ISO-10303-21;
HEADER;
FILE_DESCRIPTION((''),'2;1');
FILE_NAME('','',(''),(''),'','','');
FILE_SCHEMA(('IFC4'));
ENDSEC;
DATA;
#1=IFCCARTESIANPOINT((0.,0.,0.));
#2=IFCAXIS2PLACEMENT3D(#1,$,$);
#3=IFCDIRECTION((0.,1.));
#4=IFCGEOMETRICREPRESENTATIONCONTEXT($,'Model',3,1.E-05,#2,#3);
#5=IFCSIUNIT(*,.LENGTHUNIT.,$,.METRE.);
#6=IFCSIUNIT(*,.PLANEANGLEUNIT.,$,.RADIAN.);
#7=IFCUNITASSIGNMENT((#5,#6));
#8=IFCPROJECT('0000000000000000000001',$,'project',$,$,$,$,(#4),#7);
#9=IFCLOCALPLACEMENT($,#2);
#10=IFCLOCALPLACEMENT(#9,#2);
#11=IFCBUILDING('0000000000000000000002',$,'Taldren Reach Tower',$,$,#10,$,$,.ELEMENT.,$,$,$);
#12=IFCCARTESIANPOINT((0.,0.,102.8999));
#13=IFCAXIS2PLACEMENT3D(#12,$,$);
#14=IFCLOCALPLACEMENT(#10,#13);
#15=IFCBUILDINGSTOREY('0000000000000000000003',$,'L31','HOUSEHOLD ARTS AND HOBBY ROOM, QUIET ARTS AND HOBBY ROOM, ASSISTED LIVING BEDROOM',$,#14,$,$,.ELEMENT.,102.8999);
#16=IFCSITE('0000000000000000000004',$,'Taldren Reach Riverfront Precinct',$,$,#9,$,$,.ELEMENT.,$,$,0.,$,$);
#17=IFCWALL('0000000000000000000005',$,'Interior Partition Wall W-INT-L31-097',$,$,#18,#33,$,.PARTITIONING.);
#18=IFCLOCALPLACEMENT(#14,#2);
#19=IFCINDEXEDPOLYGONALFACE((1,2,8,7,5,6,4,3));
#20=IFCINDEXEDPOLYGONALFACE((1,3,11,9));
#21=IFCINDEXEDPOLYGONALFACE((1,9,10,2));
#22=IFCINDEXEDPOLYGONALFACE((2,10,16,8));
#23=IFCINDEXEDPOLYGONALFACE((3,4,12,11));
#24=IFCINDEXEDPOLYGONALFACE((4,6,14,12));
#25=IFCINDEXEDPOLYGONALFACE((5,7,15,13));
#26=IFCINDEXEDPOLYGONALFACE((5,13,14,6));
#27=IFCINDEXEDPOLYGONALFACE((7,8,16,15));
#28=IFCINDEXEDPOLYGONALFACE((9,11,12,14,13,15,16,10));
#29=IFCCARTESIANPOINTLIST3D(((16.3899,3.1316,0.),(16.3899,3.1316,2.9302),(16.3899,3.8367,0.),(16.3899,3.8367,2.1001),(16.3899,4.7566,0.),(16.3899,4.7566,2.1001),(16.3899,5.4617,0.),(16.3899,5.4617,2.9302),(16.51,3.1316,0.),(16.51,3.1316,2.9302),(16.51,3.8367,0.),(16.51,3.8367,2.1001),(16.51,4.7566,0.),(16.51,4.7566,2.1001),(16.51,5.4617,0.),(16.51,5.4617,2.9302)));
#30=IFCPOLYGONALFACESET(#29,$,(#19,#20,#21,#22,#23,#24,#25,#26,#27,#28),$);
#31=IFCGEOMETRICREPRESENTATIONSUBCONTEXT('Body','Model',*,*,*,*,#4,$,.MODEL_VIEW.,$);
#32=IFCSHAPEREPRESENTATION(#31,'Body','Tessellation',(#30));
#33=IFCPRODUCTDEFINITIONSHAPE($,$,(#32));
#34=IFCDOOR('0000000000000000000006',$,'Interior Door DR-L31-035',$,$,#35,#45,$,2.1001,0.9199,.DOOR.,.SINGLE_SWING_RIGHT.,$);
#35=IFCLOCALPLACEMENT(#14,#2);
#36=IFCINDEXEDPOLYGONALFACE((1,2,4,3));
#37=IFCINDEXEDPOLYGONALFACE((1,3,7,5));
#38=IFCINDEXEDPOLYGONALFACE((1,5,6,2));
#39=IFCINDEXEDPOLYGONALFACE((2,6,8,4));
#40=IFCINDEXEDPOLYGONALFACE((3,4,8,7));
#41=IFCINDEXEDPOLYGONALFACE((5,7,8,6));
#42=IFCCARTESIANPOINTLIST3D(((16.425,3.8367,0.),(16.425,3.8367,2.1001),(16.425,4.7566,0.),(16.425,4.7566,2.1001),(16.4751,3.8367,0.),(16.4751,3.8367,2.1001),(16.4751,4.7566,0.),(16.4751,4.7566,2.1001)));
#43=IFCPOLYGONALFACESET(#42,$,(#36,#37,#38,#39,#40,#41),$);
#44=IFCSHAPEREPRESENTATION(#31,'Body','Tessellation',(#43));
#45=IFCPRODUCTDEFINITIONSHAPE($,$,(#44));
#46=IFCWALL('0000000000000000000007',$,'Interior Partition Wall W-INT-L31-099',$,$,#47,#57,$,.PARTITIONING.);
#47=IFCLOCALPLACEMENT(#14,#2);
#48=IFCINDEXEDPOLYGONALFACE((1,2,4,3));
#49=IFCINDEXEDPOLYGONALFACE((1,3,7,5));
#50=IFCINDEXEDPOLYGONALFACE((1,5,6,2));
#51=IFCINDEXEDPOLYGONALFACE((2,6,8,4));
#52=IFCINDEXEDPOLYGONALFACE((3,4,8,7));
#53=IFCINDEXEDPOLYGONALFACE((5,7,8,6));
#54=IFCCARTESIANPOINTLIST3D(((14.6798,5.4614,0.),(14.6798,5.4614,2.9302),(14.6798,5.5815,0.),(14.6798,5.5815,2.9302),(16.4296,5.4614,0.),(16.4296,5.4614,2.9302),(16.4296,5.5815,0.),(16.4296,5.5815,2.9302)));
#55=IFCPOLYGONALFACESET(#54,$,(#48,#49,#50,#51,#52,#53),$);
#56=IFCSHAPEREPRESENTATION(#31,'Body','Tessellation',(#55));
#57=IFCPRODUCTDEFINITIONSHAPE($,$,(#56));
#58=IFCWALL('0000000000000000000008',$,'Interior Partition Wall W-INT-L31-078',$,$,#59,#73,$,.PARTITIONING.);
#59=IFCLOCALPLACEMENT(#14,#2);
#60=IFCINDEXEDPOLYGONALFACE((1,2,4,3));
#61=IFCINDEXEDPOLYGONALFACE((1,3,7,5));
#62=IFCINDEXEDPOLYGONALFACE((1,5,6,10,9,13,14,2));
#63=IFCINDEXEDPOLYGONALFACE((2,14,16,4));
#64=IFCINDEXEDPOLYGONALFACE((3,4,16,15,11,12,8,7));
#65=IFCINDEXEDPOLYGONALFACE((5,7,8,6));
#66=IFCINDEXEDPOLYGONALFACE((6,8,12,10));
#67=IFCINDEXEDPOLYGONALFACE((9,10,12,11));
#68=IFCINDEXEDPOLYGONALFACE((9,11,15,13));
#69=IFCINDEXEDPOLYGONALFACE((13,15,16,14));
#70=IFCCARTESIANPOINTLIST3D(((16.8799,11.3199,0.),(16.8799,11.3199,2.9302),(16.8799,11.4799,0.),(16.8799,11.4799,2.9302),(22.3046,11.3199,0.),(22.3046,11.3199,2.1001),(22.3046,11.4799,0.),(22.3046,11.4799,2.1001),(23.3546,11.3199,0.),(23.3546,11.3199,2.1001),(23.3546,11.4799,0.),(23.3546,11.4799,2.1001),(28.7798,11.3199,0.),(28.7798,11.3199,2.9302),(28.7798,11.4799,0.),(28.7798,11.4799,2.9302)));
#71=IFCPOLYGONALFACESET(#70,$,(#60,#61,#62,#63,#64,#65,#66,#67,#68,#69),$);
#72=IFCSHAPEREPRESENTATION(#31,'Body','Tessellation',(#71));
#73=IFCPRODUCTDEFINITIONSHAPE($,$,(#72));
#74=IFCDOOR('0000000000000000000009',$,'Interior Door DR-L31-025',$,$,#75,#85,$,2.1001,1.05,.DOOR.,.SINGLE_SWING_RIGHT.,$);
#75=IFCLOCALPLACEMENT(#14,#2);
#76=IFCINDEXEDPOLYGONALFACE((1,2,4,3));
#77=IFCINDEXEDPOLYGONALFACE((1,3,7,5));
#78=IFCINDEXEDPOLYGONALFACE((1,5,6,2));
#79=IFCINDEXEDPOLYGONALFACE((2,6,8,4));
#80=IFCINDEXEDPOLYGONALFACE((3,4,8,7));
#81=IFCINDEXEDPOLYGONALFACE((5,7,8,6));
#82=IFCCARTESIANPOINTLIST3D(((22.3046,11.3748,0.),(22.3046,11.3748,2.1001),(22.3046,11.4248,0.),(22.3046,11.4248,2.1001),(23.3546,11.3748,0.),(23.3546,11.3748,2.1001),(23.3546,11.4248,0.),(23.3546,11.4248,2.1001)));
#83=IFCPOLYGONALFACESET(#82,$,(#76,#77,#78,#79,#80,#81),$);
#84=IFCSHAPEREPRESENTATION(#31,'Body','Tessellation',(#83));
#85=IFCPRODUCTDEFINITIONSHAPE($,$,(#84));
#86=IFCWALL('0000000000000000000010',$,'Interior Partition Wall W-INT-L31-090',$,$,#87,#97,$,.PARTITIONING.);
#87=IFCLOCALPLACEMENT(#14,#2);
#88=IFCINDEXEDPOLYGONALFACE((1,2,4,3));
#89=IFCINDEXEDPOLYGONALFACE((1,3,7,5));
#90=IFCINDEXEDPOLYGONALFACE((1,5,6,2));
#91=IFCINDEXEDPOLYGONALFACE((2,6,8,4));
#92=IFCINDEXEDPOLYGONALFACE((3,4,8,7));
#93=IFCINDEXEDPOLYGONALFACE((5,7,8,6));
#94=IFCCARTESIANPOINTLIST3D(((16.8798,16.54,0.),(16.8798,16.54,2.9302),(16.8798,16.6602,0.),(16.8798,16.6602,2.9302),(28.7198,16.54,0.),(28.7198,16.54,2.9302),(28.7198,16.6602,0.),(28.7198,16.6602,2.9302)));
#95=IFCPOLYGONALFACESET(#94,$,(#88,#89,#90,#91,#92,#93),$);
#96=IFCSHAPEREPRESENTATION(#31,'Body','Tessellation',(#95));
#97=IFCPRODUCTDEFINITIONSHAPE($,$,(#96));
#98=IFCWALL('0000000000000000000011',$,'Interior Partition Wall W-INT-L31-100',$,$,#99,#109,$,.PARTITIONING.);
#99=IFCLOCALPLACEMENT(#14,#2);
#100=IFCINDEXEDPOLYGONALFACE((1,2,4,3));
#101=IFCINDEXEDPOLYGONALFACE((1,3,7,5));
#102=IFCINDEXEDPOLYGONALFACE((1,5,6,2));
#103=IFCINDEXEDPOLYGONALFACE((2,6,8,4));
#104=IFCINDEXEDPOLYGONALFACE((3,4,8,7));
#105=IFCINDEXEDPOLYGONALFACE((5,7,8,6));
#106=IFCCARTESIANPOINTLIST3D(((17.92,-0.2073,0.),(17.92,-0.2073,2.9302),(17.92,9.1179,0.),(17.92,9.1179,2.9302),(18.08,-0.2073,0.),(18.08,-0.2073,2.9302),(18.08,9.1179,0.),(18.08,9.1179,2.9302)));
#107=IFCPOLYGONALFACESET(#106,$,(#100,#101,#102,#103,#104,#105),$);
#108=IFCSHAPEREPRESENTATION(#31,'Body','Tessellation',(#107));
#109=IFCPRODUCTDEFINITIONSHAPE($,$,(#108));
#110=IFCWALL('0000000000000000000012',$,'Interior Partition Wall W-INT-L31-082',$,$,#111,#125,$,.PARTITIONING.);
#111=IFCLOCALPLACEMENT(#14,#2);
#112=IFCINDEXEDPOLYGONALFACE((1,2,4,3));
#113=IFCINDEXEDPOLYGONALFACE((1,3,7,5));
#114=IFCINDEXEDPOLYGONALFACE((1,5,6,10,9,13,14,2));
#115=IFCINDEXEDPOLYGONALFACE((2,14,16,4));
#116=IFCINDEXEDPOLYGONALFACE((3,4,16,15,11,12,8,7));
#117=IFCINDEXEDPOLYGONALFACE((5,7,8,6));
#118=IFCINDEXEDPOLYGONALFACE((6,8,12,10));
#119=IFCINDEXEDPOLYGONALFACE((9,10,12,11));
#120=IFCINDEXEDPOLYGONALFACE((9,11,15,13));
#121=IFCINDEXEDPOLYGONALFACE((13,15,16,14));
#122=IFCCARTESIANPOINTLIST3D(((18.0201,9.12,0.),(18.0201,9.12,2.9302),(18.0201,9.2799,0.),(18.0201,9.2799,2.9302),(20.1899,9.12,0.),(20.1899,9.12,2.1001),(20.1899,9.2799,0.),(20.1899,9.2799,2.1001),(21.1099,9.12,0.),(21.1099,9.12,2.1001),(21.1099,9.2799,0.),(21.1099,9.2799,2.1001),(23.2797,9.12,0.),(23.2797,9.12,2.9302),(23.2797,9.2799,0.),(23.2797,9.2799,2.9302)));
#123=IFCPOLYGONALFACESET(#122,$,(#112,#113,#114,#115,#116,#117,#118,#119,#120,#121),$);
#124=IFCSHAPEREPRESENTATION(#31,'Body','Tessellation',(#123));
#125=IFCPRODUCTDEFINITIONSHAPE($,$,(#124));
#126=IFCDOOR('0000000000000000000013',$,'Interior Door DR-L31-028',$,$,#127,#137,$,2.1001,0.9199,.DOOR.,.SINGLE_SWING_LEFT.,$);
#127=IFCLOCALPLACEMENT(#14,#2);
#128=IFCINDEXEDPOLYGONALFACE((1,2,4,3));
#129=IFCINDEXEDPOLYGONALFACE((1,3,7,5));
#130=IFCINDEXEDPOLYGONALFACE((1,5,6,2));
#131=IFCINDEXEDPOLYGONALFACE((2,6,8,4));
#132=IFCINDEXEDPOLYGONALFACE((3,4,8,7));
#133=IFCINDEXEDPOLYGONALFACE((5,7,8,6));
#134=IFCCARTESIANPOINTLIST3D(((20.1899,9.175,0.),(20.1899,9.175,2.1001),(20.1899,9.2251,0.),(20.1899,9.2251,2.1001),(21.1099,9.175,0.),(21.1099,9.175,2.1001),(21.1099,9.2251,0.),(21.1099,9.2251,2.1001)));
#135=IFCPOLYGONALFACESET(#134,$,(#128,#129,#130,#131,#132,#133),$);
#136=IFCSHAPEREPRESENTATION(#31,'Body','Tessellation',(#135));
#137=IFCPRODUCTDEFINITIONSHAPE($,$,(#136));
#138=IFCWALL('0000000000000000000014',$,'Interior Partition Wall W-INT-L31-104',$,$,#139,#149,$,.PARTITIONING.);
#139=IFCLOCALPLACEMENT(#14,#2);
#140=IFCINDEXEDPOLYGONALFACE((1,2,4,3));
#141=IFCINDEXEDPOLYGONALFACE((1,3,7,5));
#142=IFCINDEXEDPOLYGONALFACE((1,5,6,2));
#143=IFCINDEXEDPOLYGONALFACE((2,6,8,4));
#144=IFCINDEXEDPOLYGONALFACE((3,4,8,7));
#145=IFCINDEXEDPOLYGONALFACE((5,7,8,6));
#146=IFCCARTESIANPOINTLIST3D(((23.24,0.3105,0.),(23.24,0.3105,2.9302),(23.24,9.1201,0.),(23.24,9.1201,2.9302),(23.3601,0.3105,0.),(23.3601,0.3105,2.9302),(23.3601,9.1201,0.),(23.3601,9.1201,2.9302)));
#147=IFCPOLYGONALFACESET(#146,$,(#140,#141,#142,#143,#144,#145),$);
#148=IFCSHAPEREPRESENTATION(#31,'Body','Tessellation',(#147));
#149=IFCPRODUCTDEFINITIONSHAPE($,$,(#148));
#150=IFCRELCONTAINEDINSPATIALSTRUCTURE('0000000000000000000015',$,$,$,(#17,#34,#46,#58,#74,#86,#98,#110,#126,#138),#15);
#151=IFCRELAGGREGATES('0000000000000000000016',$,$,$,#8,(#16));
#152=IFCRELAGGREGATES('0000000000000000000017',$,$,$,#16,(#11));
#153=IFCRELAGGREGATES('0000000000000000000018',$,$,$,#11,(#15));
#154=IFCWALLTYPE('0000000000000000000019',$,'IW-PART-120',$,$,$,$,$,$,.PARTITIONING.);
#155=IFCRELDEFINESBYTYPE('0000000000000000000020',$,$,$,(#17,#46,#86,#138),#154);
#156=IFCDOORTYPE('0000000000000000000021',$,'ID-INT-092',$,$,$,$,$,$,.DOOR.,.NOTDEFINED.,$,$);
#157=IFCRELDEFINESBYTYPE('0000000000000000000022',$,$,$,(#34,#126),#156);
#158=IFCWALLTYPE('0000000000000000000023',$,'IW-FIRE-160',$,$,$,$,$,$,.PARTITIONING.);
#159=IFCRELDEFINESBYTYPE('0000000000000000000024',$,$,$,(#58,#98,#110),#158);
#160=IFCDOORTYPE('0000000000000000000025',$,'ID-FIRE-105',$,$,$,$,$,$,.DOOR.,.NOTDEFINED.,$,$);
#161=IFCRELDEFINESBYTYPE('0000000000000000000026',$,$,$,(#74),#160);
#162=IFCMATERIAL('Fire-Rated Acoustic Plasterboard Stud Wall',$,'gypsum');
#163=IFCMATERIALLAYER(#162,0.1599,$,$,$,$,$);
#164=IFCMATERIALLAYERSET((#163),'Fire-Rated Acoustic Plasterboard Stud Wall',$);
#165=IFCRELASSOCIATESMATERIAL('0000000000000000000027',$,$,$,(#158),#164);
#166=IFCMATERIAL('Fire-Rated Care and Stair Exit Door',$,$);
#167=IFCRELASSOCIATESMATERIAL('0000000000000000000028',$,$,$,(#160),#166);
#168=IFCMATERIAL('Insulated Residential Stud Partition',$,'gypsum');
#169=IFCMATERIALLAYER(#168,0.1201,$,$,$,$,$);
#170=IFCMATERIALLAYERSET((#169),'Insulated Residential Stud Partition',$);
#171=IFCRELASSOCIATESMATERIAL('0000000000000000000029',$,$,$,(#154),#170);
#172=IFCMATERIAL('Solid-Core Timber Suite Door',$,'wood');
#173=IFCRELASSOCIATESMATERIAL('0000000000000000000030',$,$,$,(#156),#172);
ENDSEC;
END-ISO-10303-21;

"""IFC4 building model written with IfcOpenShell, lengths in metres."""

from ifc_helpers import new_model, si_unit, direction, frame, frame_2d, origin, place, context, subcontext, project, spatial, rectangle, extrude, source, transform, mapped, material, layer, layer_set, type_object, element, fill, save


model = new_model("IFC4")

# Units and contexts
model_context = context("Model", 3, precision=1e-05, world=origin(), true_north=direction((0.0, 1.0)))
body_context = subcontext(model_context, "Body", "Model", "MODEL_VIEW")
ifc_project = project(units=[si_unit("LENGTHUNIT", "METRE"), si_unit("PLANEANGLEUNIT", "RADIAN")], contexts=[model_context])

# Site, building, storey
site_placement = place(None, origin())
site = spatial("IfcSite", under=ifc_project, at=site_placement, Name="Taldren Reach Riverfront Precinct", CompositionType="ELEMENT", RefElevation=0.0)
building_placement = place(site_placement, origin())
building = spatial("IfcBuilding", under=site, at=building_placement, Name="Taldren Reach Tower", CompositionType="ELEMENT")
storey_placement = place(building_placement, frame((0.0, 0.0, 102.8999)))
storey = spatial("IfcBuildingStorey", under=building, at=storey_placement, Name="L31", Description="HOUSEHOLD ARTS AND HOBBY ROOM, QUIET ARTS AND HOBBY ROOM, ASSISTED LIVING BEDROOM", CompositionType="ELEMENT", Elevation=102.8999)

# Shared definitions
ifc_material_1 = material(Name="Fire-Rated Acoustic Plasterboard Stud Wall", Category="gypsum")
ifc_layer_1 = layer(ifc_material_1, 0.1599)
ifc_layer_set_1 = layer_set([ifc_layer_1], Name="Fire-Rated Acoustic Plasterboard Stud Wall")
wall_type_1 = type_object("IfcWallType", Name="IW-FIRE-160", PredefinedType="PARTITIONING", material=ifc_layer_set_1)

# Shared definitions
shared_shape_1 = source(origin(), body_context, "Body", "SweptSolid", [
    extrude(rectangle(XDim=1.05, YDim=2.1001, at=frame_2d((0.5249, 1.05))), frame((0.0, 0.0898, 0.0), z_axis=(0.0, -1.0, 0.0), x_axis=(1.0, 0.0, 0.0)), (0.0, 0.0, 1.0), 0.1799),
])
ifc_material_2 = material(Name="Fire-Rated Care and Stair Exit Door")
door_type_1 = type_object("IfcDoorType", Name="ID-FIRE-105", OperationType="NOTDEFINED", PredefinedType="DOOR", material=ifc_material_2)
shared_shape_2 = source(origin(), body_context, "Body", "SweptSolid", [
    extrude(rectangle(XDim=1.05, YDim=2.1001, at=frame_2d((0.5249, 1.05))), frame((0.0, 0.0249, 0.0), z_axis=(0.0, -1.0, 0.0), x_axis=(1.0, 0.0, 0.0)), (0.0, 0.0, 1.0), 0.05),
])

# Wall, opening, door
ifc_material_3 = material(Name="Insulated Residential Stud Partition", Category="gypsum")
ifc_layer_2 = layer(ifc_material_3, 0.1201)
ifc_layer_set_2 = layer_set([ifc_layer_2], Name="Insulated Residential Stud Partition")
wall_type_2 = type_object("IfcWallType", Name="IW-PART-120", PredefinedType="PARTITIONING", material=ifc_layer_set_2)
shared_shape_3 = source(origin(), body_context, "Body", "SweptSolid", [
    extrude(rectangle(XDim=2.3301, YDim=0.1201, at=frame_2d((1.165, 0.0))), origin(), (0.0, 0.0, 1.0), 2.9302),
])
wall_1_placement = place(storey_placement, frame((16.45, 3.1316, 0.0), z_axis=(0.0, 0.0, 1.0), x_axis=(0.0, 1.0, 0.0)))
wall_1 = element("IfcWall", 1, at=wall_1_placement, inside=storey, type_object=wall_type_2, Name="Interior Partition Wall W-INT-L31-097", PredefinedType="PARTITIONING", context=body_context, shape_type="MappedRepresentation", body=[
    mapped(shared_shape_3, transform((0.0, 0.0, 0.0), scale=1.0)),
])
shared_shape_4 = source(origin(), body_context, "Body", "SweptSolid", [
    extrude(rectangle(XDim=0.9199, YDim=2.1001, at=frame_2d((0.46, 1.05))), frame((0.0, 0.0701, 0.0), z_axis=(0.0, -1.0, 0.0), x_axis=(1.0, 0.0, 0.0)), (0.0, 0.0, 1.0), 0.1401),
])
opening_1_placement = place(wall_1_placement, frame((0.7051, 0.0, 0.0)))
opening_1 = element("IfcOpeningElement", 2, at=opening_1_placement, cuts=wall_1, PredefinedType="OPENING", context=body_context, shape_type="MappedRepresentation", body=[
    mapped(shared_shape_4, transform((0.0, 0.0, 0.0), scale=1.0)),
])
ifc_material_4 = material(Name="Solid-Core Timber Suite Door", Category="wood")
door_type_2 = type_object("IfcDoorType", Name="ID-INT-092", OperationType="NOTDEFINED", PredefinedType="DOOR", material=ifc_material_4)
shared_shape_5 = source(origin(), body_context, "Body", "SweptSolid", [
    extrude(rectangle(XDim=0.9199, YDim=2.1001, at=frame_2d((0.46, 1.05))), frame((0.0, 0.0249, 0.0), z_axis=(0.0, -1.0, 0.0), x_axis=(1.0, 0.0, 0.0)), (0.0, 0.0, 1.0), 0.05),
])
door_1_placement = place(opening_1_placement, origin())
door_1 = element("IfcDoor", 3, at=door_1_placement, inside=storey, type_object=door_type_2, Name="Interior Door DR-L31-035", OperationType="SINGLE_SWING_RIGHT", OverallHeight=2.1001, OverallWidth=0.9199, PredefinedType="DOOR", context=body_context, shape_type="MappedRepresentation", body=[
    mapped(shared_shape_5, transform((0.0, 0.0, 0.0), scale=1.0)),
])
fill(opening_1, door_1)

# Wall
shared_shape_6 = source(origin(), body_context, "Body", "SweptSolid", [
    extrude(rectangle(XDim=1.7498, YDim=0.1201, at=frame_2d((0.875, 0.0))), origin(), (0.0, 0.0, 1.0), 2.9302),
])
wall_2_placement = place(storey_placement, frame((16.4297, 5.5215, 0.0), z_axis=(0.0, 0.0, 1.0), x_axis=(-1.0, 0.0, 0.0)))
element("IfcWall", 4, at=wall_2_placement, inside=storey, type_object=wall_type_2, Name="Interior Partition Wall W-INT-L31-099", PredefinedType="PARTITIONING", context=body_context, shape_type="MappedRepresentation", body=[
    mapped(shared_shape_6, transform((0.0, 0.0, 0.0), scale=1.0)),
])

# Wall, opening, door
shared_shape_7 = source(origin(), body_context, "Body", "SweptSolid", [
    extrude(rectangle(XDim=11.8999, YDim=0.1599, at=frame_2d((5.95, 0.0))), origin(), (0.0, 0.0, 1.0), 2.9302),
])
wall_3_placement = place(storey_placement, frame((16.8799, 11.3999, 0.0), z_axis=(0.0, 0.0, 1.0), x_axis=(1.0, 0.0, 0.0)))
wall_3 = element("IfcWall", 5, at=wall_3_placement, inside=storey, type_object=wall_type_1, Name="Interior Partition Wall W-INT-L31-078", PredefinedType="PARTITIONING", context=body_context, shape_type="MappedRepresentation", body=[
    mapped(shared_shape_7, transform((0.0, 0.0, 0.0), scale=1.0)),
])
opening_2_placement = place(wall_3_placement, frame((5.4248, 0.0, 0.0)))
opening_2 = element("IfcOpeningElement", 6, at=opening_2_placement, cuts=wall_3, PredefinedType="OPENING", context=body_context, shape_type="MappedRepresentation", body=[
    mapped(shared_shape_1, transform((0.0, 0.0, 0.0), scale=1.0)),
])
door_2_placement = place(opening_2_placement, origin())
door_2 = element("IfcDoor", 7, at=door_2_placement, inside=storey, type_object=door_type_1, Name="Interior Door DR-L31-025", OperationType="SINGLE_SWING_RIGHT", OverallHeight=2.1001, OverallWidth=1.05, PredefinedType="DOOR", context=body_context, shape_type="MappedRepresentation", body=[
    mapped(shared_shape_2, transform((0.0, 0.0, 0.0), scale=1.0)),
])
fill(opening_2, door_2)

# Walls
shared_shape_8 = source(origin(), body_context, "Body", "SweptSolid", [
    extrude(rectangle(XDim=11.8401, YDim=0.1201, at=frame_2d((5.9199, 0.0))), origin(), (0.0, 0.0, 1.0), 2.9302),
])
wall_4_placement = place(storey_placement, frame((16.8799, 16.6001, 0.0), z_axis=(0.0, 0.0, 1.0), x_axis=(1.0, 0.0, 0.0)))
element("IfcWall", 8, at=wall_4_placement, inside=storey, type_object=wall_type_2, Name="Interior Partition Wall W-INT-L31-090", PredefinedType="PARTITIONING", context=body_context, shape_type="MappedRepresentation", body=[
    mapped(shared_shape_8, transform((0.0, 0.0, 0.0), scale=1.0)),
])
shared_shape_9 = source(origin(), body_context, "Body", "SweptSolid", [
    extrude(rectangle(XDim=9.3252, YDim=0.1599, at=frame_2d((4.6626, 0.0))), origin(), (0.0, 0.0, 1.0), 2.9302),
])
wall_5_placement = place(storey_placement, frame((18.0, 9.1179, 0.0), z_axis=(0.0, 0.0, 1.0), x_axis=(0.0, -1.0, 0.0)))
element("IfcWall", 9, at=wall_5_placement, inside=storey, type_object=wall_type_1, Name="Interior Partition Wall W-INT-L31-100", PredefinedType="PARTITIONING", context=body_context, shape_type="MappedRepresentation", body=[
    mapped(shared_shape_9, transform((0.0, 0.0, 0.0), scale=1.0)),
])

# Wall, opening, door
shared_shape_10 = source(origin(), body_context, "Body", "SweptSolid", [
    extrude(rectangle(XDim=5.2595, YDim=0.1599, at=frame_2d((2.6299, 0.0))), origin(), (0.0, 0.0, 1.0), 2.9302),
])
wall_6_placement = place(storey_placement, frame((23.2798, 9.2, 0.0), z_axis=(0.0, 0.0, 1.0), x_axis=(-1.0, 0.0, 0.0)))
wall_6 = element("IfcWall", 10, at=wall_6_placement, inside=storey, type_object=wall_type_1, Name="Interior Partition Wall W-INT-L31-082", PredefinedType="PARTITIONING", context=body_context, shape_type="MappedRepresentation", body=[
    mapped(shared_shape_10, transform((0.0, 0.0, 0.0), scale=1.0)),
])
shared_shape_11 = source(origin(), body_context, "Body", "SweptSolid", [
    extrude(rectangle(XDim=0.9199, YDim=2.1001, at=frame_2d((0.46, 1.05))), frame((0.0, 0.0898, 0.0), z_axis=(0.0, -1.0, 0.0), x_axis=(1.0, 0.0, 0.0)), (0.0, 0.0, 1.0), 0.1799),
])
opening_3_placement = place(wall_6_placement, frame((2.1699, 0.0, 0.0)))
opening_3 = element("IfcOpeningElement", 11, at=opening_3_placement, cuts=wall_6, PredefinedType="OPENING", context=body_context, shape_type="MappedRepresentation", body=[
    mapped(shared_shape_11, transform((0.0, 0.0, 0.0), scale=1.0)),
])
door_3_placement = place(opening_3_placement, origin())
door_3 = element("IfcDoor", 12, at=door_3_placement, inside=storey, type_object=door_type_2, Name="Interior Door DR-L31-028", OperationType="SINGLE_SWING_LEFT", OverallHeight=2.1001, OverallWidth=0.9199, PredefinedType="DOOR", context=body_context, shape_type="MappedRepresentation", body=[
    mapped(shared_shape_5, transform((0.0, 0.0, 0.0), scale=1.0)),
])
fill(opening_3, door_3)

# Wall
shared_shape_12 = source(origin(), body_context, "Body", "SweptSolid", [
    extrude(rectangle(XDim=8.8096, YDim=0.1201, at=frame_2d((4.4048, 0.0))), origin(), (0.0, 0.0, 1.0), 2.9302),
])
wall_7_placement = place(storey_placement, frame((23.3, 9.1201, 0.0), z_axis=(0.0, 0.0, 1.0), x_axis=(0.0, -1.0, 0.0)))
element("IfcWall", 13, at=wall_7_placement, inside=storey, type_object=wall_type_2, Name="Interior Partition Wall W-INT-L31-104", PredefinedType="PARTITIONING", context=body_context, shape_type="MappedRepresentation", body=[
    mapped(shared_shape_12, transform((0.0, 0.0, 0.0), scale=1.0)),
])

save(model, "model.ifc")
